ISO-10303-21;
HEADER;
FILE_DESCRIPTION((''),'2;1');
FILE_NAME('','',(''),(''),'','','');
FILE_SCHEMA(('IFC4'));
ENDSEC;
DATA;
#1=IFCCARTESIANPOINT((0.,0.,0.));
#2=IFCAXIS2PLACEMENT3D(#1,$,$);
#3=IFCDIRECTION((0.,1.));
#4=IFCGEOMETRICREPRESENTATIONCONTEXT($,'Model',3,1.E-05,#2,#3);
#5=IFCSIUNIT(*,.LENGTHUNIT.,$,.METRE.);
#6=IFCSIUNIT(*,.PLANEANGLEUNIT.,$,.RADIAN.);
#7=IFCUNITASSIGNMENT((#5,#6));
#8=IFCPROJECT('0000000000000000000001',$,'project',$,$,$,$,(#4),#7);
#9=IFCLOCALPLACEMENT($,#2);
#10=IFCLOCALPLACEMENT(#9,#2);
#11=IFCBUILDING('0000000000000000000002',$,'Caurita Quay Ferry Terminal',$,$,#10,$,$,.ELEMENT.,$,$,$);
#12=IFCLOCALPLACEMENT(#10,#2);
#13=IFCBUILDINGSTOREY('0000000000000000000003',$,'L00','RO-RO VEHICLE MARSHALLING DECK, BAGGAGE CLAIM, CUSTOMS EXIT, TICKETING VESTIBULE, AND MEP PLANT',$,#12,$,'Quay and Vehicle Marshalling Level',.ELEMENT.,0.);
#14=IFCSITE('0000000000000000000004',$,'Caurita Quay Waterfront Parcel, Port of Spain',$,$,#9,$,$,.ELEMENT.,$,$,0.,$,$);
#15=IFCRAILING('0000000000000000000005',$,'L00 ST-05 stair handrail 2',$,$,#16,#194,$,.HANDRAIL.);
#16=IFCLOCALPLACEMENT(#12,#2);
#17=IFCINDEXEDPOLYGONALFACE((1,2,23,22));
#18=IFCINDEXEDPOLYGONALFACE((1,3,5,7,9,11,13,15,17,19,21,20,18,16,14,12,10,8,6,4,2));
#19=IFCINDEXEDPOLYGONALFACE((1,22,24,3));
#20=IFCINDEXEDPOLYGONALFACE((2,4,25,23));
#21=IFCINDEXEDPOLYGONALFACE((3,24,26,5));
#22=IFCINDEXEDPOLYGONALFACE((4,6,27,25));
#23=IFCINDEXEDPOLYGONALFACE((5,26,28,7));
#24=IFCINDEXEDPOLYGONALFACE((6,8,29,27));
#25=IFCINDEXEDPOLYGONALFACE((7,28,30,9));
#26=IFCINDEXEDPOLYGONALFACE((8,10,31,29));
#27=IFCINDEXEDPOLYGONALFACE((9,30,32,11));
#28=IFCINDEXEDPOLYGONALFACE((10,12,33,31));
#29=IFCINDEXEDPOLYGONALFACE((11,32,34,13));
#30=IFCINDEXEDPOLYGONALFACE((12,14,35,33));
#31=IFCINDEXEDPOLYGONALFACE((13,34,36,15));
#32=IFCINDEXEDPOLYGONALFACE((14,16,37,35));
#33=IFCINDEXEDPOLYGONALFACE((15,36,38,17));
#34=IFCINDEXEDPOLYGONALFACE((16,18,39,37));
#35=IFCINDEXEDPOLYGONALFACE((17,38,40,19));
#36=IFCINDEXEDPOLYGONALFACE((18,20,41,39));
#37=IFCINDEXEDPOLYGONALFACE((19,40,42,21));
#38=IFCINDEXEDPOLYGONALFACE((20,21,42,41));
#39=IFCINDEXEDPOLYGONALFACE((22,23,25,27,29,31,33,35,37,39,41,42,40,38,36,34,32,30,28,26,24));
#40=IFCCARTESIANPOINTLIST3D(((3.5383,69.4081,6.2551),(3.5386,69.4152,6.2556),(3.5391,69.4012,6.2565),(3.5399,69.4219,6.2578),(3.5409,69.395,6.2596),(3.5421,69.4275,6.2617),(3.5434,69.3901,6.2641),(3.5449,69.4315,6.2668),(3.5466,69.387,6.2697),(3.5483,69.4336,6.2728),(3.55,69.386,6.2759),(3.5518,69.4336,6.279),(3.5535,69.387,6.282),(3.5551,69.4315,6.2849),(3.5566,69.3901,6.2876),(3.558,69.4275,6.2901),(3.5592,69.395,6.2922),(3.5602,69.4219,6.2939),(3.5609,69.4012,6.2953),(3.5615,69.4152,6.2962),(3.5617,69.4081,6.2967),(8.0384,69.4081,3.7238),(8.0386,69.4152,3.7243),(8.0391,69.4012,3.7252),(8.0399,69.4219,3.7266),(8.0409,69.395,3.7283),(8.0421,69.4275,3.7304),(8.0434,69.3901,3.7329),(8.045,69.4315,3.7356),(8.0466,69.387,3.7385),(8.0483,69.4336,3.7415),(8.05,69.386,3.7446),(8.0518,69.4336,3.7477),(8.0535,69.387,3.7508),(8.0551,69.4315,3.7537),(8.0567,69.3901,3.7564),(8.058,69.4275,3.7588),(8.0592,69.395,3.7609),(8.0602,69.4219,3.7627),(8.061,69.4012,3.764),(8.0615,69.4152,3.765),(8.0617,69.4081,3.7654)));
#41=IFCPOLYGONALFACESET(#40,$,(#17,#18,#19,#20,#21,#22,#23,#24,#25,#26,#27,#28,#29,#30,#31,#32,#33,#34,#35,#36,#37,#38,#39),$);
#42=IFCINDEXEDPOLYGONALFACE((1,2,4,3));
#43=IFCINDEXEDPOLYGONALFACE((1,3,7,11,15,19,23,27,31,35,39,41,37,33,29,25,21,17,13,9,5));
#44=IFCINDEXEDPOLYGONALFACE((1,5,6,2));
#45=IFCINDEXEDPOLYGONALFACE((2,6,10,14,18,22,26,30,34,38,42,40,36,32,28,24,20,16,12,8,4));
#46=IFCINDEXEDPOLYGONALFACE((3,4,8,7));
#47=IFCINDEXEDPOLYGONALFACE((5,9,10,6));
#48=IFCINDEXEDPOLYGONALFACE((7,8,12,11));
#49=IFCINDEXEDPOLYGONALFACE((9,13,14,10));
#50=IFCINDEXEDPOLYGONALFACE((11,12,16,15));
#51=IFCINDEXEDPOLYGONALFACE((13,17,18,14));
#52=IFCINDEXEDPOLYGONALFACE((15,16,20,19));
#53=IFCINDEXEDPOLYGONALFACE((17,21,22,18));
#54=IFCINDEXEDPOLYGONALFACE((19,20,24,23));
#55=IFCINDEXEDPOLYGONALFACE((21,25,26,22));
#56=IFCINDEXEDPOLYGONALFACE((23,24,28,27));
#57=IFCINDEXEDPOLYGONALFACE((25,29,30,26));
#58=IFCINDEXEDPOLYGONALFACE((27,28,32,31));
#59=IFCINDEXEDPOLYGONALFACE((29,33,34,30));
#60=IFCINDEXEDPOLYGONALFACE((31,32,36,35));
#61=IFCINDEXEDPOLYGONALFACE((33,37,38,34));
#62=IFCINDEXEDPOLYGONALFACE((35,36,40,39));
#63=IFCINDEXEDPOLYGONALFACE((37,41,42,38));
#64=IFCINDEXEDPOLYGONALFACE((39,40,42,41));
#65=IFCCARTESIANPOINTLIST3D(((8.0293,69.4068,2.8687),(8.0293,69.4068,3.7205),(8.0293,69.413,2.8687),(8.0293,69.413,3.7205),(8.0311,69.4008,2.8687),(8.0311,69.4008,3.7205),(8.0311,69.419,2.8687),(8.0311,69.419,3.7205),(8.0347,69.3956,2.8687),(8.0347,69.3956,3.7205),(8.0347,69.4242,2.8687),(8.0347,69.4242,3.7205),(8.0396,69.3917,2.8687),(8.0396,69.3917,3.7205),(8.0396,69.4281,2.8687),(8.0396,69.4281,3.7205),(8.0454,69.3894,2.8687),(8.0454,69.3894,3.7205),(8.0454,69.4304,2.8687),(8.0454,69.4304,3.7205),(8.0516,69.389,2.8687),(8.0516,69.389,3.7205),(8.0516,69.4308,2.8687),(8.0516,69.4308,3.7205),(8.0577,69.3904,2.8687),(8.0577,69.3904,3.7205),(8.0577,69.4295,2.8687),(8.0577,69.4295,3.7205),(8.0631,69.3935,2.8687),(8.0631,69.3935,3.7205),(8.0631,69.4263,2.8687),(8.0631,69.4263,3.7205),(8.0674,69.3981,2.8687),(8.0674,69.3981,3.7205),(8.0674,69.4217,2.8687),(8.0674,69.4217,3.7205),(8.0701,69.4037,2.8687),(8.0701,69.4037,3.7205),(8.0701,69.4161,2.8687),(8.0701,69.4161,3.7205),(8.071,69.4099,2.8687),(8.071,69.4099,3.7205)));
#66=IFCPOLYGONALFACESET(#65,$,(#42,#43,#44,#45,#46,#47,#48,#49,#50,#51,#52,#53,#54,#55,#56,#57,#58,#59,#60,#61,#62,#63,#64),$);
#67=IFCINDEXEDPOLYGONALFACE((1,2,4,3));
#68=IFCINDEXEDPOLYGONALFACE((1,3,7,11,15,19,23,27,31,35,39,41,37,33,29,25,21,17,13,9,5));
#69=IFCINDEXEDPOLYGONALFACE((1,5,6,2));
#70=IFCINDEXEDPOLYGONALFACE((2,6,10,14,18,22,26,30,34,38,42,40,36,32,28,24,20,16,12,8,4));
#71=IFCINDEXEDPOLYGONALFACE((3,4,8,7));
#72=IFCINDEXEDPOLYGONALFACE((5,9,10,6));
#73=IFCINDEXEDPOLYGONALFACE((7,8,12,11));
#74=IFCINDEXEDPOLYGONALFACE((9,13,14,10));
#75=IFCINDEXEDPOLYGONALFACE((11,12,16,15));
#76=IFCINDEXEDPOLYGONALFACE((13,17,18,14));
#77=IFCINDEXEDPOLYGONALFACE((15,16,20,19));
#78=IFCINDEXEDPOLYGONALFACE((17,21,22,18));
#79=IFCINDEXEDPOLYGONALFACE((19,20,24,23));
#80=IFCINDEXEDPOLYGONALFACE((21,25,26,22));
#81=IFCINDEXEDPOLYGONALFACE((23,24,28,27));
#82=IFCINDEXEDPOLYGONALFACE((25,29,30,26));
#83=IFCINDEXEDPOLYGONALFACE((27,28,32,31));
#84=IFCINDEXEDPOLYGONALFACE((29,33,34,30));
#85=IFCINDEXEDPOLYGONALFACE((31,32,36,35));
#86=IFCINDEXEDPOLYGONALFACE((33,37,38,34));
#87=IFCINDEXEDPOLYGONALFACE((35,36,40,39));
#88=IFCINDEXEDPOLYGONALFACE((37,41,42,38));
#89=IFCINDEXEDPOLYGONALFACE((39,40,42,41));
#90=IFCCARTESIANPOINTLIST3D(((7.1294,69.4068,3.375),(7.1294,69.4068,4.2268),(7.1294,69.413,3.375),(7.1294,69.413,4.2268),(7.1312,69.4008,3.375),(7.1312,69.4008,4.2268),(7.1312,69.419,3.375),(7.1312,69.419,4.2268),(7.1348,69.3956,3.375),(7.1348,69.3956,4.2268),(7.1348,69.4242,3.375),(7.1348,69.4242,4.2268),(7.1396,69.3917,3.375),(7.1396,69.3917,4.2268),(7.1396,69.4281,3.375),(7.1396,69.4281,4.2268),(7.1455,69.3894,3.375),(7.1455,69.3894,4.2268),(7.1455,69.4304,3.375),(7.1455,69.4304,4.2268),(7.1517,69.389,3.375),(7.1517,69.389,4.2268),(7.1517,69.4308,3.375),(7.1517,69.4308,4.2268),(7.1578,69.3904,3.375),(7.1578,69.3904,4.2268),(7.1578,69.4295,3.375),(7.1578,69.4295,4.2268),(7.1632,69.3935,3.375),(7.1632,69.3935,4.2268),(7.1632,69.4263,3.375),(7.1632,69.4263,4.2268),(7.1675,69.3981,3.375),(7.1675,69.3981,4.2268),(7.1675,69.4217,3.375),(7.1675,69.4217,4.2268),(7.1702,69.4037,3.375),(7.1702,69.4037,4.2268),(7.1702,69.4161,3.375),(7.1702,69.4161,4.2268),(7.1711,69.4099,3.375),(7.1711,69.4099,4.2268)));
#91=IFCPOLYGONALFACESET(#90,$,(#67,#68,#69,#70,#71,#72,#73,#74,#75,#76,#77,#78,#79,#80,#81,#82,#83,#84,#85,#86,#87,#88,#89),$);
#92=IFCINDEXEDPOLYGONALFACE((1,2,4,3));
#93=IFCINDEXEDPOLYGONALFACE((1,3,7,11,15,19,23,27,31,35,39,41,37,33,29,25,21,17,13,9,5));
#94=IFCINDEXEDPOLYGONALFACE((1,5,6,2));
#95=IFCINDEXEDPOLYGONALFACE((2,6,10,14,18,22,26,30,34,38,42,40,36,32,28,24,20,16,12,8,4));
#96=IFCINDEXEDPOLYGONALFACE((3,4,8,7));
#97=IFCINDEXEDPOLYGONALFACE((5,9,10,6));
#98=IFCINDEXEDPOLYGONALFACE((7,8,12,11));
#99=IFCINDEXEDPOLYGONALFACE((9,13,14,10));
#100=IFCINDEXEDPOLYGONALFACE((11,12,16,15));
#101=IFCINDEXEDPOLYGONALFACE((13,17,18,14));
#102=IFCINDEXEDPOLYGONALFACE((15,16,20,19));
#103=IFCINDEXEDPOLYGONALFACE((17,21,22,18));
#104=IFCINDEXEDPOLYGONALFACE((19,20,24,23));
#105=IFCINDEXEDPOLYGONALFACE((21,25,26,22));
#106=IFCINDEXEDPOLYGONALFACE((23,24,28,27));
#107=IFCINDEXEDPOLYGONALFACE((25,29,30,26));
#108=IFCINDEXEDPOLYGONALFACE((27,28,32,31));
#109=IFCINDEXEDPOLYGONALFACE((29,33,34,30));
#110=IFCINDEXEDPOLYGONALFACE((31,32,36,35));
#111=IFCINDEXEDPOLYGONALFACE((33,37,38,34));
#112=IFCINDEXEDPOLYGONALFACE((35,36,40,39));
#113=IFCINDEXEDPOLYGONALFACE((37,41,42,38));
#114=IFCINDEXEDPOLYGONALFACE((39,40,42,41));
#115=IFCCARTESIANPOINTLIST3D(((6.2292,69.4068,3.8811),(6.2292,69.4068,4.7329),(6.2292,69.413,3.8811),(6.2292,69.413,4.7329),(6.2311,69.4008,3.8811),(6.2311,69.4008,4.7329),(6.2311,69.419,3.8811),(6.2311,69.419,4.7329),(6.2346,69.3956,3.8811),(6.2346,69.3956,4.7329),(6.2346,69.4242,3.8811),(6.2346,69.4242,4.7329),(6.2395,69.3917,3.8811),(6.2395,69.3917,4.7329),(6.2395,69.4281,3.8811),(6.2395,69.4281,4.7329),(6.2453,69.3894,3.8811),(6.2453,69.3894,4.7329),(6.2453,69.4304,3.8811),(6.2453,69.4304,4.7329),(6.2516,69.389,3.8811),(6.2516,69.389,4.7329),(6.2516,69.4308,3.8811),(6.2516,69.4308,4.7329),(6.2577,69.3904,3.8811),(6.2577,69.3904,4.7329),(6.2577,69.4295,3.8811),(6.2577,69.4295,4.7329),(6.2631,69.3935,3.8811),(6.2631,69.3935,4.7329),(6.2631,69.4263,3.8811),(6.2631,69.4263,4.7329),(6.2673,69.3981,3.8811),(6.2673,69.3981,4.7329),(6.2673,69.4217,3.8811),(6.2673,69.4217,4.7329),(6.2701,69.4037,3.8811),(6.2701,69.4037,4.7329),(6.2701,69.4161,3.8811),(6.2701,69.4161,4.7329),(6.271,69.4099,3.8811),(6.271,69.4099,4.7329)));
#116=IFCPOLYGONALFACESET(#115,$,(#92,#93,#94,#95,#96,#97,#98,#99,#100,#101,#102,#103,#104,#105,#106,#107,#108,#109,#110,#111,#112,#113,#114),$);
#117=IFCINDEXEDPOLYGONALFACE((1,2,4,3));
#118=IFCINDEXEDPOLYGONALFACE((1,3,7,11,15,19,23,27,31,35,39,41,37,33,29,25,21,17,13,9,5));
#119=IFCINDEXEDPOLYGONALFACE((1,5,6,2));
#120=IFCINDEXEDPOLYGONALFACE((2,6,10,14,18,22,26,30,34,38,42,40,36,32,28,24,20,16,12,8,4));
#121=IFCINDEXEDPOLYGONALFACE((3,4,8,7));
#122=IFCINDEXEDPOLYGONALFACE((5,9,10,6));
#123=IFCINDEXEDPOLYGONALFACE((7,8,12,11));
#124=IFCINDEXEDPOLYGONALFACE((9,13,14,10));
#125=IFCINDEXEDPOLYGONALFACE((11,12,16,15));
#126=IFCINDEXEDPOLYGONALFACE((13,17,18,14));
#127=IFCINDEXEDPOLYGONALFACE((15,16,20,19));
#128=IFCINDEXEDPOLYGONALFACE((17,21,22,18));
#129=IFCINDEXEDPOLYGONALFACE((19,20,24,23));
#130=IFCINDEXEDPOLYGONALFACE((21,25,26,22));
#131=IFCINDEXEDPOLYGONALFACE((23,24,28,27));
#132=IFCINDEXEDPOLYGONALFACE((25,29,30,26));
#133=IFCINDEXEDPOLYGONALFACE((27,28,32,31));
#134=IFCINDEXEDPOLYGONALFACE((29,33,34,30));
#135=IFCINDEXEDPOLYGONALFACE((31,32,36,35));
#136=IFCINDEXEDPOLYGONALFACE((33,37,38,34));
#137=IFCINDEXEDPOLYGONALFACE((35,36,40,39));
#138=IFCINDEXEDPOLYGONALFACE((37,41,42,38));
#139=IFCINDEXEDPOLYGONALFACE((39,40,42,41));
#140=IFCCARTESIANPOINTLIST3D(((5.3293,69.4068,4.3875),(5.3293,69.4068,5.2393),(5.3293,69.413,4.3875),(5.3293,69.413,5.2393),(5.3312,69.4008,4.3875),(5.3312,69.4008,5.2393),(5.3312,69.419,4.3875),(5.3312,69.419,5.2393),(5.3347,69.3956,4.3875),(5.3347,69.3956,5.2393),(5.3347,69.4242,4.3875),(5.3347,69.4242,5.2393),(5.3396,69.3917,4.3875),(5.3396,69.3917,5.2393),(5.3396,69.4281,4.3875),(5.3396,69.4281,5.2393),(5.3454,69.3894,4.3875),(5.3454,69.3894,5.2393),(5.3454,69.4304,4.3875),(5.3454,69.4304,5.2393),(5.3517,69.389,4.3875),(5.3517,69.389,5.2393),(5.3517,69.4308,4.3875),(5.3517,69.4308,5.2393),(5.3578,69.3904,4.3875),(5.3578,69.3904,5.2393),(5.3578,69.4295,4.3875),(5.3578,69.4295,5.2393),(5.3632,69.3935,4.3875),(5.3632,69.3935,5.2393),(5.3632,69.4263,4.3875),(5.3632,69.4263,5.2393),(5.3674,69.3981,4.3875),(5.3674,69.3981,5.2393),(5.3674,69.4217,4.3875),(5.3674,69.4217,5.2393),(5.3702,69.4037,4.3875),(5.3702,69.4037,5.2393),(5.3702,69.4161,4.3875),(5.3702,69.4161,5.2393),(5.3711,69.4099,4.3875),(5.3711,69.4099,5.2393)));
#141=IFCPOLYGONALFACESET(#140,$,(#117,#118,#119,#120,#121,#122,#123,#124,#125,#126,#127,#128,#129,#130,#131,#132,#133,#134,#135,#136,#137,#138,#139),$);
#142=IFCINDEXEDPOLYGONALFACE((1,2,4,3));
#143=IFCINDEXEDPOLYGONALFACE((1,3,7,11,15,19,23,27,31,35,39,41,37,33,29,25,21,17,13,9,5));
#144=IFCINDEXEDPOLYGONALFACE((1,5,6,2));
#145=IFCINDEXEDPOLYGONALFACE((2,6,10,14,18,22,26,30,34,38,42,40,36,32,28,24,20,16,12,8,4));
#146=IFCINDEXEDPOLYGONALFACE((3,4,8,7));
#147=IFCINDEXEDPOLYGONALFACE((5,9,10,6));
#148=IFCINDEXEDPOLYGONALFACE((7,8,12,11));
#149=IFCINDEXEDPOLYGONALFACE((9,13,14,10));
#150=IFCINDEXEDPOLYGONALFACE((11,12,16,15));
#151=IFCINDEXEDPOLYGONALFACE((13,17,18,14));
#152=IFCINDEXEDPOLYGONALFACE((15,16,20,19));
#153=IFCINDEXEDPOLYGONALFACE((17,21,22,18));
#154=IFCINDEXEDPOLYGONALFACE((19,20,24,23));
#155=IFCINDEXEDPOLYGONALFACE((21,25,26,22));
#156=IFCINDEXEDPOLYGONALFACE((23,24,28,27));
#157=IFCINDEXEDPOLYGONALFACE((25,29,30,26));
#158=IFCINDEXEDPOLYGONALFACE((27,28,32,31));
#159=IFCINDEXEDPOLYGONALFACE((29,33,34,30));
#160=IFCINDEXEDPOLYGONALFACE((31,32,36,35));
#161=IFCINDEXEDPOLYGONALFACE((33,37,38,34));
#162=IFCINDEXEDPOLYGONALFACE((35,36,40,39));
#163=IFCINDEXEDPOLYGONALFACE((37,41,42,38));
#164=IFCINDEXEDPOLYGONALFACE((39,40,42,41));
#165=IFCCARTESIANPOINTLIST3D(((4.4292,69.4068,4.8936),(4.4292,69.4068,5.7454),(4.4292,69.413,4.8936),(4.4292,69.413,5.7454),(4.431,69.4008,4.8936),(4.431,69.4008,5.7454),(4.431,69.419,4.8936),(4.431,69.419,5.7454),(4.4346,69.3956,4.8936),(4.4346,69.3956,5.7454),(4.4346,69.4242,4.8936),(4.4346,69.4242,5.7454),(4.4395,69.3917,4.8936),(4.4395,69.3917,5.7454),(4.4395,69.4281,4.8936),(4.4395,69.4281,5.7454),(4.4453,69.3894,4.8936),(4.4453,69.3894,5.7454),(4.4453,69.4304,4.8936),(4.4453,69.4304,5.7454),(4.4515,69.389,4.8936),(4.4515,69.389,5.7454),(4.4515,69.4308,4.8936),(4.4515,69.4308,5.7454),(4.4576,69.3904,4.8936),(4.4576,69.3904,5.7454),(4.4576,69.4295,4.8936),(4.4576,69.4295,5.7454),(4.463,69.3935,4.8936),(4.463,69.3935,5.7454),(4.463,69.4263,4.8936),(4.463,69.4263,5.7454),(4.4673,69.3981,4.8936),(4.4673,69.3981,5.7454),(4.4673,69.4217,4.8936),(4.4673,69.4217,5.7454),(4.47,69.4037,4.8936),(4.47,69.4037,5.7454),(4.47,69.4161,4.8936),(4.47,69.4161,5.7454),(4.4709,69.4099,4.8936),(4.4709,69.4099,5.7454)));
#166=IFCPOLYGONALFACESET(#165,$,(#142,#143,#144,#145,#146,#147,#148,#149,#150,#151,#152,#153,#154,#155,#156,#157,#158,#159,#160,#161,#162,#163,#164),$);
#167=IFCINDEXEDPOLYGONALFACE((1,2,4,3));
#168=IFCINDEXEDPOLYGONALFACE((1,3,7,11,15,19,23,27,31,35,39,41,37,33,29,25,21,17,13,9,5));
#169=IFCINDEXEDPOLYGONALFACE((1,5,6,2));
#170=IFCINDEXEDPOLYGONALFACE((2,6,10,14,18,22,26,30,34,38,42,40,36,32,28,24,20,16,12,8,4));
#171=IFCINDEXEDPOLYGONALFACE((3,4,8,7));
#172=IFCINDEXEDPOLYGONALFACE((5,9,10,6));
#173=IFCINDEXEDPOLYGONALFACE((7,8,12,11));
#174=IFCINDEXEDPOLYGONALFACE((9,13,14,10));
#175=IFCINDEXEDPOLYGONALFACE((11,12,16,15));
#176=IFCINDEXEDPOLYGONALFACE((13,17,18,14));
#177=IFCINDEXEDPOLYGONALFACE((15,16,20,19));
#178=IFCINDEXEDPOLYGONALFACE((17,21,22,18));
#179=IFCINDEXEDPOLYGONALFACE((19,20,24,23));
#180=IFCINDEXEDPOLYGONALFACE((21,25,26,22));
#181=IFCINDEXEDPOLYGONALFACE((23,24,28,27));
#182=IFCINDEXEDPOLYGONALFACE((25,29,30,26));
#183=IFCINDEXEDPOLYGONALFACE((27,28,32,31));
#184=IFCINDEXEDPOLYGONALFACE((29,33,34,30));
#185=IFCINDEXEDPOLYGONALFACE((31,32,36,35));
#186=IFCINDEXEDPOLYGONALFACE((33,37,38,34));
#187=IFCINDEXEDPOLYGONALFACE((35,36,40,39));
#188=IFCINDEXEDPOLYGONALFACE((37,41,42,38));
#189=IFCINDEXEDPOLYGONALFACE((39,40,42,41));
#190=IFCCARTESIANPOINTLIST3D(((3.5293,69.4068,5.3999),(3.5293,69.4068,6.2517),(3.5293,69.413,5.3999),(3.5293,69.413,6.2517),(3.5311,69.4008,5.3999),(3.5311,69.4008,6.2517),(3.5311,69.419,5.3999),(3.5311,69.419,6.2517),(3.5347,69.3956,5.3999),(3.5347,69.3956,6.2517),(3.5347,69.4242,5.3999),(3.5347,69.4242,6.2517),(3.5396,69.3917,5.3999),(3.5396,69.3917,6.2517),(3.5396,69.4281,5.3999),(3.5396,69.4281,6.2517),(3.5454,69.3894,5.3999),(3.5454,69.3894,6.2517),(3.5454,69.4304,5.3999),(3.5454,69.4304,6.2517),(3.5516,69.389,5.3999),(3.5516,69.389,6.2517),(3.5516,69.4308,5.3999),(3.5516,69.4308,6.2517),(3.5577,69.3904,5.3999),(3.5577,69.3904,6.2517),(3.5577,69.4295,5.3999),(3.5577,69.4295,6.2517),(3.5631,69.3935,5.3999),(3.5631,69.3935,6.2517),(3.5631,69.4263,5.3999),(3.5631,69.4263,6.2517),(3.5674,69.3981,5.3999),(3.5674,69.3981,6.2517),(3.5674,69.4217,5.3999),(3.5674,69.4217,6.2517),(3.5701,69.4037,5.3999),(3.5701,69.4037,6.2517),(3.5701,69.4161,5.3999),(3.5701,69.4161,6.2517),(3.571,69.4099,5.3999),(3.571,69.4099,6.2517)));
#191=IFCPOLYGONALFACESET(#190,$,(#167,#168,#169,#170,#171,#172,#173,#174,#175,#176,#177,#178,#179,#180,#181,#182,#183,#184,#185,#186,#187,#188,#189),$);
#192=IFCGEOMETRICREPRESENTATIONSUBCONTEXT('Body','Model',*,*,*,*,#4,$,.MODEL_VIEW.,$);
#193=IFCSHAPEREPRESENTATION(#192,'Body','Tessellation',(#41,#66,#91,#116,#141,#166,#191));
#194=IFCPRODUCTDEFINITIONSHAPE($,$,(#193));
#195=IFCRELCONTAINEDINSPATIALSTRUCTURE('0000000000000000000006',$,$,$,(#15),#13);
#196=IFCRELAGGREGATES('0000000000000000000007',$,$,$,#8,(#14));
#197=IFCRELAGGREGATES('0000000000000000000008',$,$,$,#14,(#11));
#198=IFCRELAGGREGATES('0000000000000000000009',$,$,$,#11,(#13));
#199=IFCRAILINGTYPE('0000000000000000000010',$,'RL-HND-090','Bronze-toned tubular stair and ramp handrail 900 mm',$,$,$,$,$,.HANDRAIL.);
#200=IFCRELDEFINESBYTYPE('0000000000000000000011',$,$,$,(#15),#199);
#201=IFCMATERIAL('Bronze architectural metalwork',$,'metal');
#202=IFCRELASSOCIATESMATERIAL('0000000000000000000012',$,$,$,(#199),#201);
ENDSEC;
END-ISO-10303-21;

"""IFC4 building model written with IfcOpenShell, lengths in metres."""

from ifc_helpers import new_model, si_unit, direction, frame, origin, origin_2d, place, context, subcontext, project, spatial, circle, extrude, material, type_object, element, save


model = new_model("IFC4")

# Units and contexts
model_context = context("Model", 3, precision=1e-05, world=origin(), true_north=direction((0.0, 1.0)))
body_context = subcontext(model_context, "Body", "Model", "MODEL_VIEW")
ifc_project = project(units=[si_unit("LENGTHUNIT", "METRE"), si_unit("PLANEANGLEUNIT", "RADIAN")], contexts=[model_context])

# Site, building, storey
site_placement = place(None, origin())
site = spatial("IfcSite", under=ifc_project, at=site_placement, Name="Caurita Quay Waterfront Parcel, Port of Spain", CompositionType="ELEMENT", RefElevation=0.0)
building_placement = place(site_placement, origin())
building = spatial("IfcBuilding", under=site, at=building_placement, Name="Caurita Quay Ferry Terminal", CompositionType="ELEMENT")
storey_placement = place(building_placement, origin())
storey = spatial("IfcBuildingStorey", under=building, at=storey_placement, Name="L00", Description="RO-RO VEHICLE MARSHALLING DECK, BAGGAGE CLAIM, CUSTOMS EXIT, TICKETING VESTIBULE, AND MEP PLANT", LongName="Quay and Vehicle Marshalling Level", CompositionType="ELEMENT", Elevation=0.0)

# Shared definitions
ifc_material_1 = material(Name="Bronze architectural metalwork", Category="metal")

# Railing
railing_type_1 = type_object("IfcRailingType", Name="RL-HND-090", Description="Bronze-toned tubular stair and ramp handrail 900 mm", PredefinedType="HANDRAIL", material=ifc_material_1)
railing_1_placement = place(storey_placement, frame((8.05, 69.4099, 2.8687)))
element("IfcRailing", 1, at=railing_1_placement, inside=storey, type_object=railing_type_1, Name="L00 ST-05 stair handrail 2", PredefinedType="HANDRAIL", context=body_context, shape_type="SweptSolid", body=[
    extrude(circle(Radius=0.0239, at=origin_2d()), frame((0.0, 0.0, 0.876), z_axis=(-0.871576, 0.0, 0.490261), x_axis=(0.0, -1.0, 0.0)), (0.0, 0.0, 1.0), 5.1631),
    extrude(circle(Radius=0.021, at=origin_2d()), origin(), (0.0, 0.0, 1.0), 0.8518),
    extrude(circle(Radius=0.021, at=origin_2d()), frame((-0.8999, 0.0, 0.5063)), (0.0, 0.0, 1.0), 0.8518),
    extrude(circle(Radius=0.021, at=origin_2d()), frame((-1.8, 0.0, 1.0125)), (0.0, 0.0, 1.0), 0.8518),
    extrude(circle(Radius=0.021, at=origin_2d()), frame((-2.7, 0.0, 1.5188)), (0.0, 0.0, 1.0), 0.8518),
    extrude(circle(Radius=0.021, at=origin_2d()), frame((-3.6001, 0.0, 2.0249)), (0.0, 0.0, 1.0), 0.8518),
    extrude(circle(Radius=0.021, at=origin_2d()), frame((-4.5, 0.0, 2.5312)), (0.0, 0.0, 1.0), 0.8518),
])

save(model, "model.ifc")
